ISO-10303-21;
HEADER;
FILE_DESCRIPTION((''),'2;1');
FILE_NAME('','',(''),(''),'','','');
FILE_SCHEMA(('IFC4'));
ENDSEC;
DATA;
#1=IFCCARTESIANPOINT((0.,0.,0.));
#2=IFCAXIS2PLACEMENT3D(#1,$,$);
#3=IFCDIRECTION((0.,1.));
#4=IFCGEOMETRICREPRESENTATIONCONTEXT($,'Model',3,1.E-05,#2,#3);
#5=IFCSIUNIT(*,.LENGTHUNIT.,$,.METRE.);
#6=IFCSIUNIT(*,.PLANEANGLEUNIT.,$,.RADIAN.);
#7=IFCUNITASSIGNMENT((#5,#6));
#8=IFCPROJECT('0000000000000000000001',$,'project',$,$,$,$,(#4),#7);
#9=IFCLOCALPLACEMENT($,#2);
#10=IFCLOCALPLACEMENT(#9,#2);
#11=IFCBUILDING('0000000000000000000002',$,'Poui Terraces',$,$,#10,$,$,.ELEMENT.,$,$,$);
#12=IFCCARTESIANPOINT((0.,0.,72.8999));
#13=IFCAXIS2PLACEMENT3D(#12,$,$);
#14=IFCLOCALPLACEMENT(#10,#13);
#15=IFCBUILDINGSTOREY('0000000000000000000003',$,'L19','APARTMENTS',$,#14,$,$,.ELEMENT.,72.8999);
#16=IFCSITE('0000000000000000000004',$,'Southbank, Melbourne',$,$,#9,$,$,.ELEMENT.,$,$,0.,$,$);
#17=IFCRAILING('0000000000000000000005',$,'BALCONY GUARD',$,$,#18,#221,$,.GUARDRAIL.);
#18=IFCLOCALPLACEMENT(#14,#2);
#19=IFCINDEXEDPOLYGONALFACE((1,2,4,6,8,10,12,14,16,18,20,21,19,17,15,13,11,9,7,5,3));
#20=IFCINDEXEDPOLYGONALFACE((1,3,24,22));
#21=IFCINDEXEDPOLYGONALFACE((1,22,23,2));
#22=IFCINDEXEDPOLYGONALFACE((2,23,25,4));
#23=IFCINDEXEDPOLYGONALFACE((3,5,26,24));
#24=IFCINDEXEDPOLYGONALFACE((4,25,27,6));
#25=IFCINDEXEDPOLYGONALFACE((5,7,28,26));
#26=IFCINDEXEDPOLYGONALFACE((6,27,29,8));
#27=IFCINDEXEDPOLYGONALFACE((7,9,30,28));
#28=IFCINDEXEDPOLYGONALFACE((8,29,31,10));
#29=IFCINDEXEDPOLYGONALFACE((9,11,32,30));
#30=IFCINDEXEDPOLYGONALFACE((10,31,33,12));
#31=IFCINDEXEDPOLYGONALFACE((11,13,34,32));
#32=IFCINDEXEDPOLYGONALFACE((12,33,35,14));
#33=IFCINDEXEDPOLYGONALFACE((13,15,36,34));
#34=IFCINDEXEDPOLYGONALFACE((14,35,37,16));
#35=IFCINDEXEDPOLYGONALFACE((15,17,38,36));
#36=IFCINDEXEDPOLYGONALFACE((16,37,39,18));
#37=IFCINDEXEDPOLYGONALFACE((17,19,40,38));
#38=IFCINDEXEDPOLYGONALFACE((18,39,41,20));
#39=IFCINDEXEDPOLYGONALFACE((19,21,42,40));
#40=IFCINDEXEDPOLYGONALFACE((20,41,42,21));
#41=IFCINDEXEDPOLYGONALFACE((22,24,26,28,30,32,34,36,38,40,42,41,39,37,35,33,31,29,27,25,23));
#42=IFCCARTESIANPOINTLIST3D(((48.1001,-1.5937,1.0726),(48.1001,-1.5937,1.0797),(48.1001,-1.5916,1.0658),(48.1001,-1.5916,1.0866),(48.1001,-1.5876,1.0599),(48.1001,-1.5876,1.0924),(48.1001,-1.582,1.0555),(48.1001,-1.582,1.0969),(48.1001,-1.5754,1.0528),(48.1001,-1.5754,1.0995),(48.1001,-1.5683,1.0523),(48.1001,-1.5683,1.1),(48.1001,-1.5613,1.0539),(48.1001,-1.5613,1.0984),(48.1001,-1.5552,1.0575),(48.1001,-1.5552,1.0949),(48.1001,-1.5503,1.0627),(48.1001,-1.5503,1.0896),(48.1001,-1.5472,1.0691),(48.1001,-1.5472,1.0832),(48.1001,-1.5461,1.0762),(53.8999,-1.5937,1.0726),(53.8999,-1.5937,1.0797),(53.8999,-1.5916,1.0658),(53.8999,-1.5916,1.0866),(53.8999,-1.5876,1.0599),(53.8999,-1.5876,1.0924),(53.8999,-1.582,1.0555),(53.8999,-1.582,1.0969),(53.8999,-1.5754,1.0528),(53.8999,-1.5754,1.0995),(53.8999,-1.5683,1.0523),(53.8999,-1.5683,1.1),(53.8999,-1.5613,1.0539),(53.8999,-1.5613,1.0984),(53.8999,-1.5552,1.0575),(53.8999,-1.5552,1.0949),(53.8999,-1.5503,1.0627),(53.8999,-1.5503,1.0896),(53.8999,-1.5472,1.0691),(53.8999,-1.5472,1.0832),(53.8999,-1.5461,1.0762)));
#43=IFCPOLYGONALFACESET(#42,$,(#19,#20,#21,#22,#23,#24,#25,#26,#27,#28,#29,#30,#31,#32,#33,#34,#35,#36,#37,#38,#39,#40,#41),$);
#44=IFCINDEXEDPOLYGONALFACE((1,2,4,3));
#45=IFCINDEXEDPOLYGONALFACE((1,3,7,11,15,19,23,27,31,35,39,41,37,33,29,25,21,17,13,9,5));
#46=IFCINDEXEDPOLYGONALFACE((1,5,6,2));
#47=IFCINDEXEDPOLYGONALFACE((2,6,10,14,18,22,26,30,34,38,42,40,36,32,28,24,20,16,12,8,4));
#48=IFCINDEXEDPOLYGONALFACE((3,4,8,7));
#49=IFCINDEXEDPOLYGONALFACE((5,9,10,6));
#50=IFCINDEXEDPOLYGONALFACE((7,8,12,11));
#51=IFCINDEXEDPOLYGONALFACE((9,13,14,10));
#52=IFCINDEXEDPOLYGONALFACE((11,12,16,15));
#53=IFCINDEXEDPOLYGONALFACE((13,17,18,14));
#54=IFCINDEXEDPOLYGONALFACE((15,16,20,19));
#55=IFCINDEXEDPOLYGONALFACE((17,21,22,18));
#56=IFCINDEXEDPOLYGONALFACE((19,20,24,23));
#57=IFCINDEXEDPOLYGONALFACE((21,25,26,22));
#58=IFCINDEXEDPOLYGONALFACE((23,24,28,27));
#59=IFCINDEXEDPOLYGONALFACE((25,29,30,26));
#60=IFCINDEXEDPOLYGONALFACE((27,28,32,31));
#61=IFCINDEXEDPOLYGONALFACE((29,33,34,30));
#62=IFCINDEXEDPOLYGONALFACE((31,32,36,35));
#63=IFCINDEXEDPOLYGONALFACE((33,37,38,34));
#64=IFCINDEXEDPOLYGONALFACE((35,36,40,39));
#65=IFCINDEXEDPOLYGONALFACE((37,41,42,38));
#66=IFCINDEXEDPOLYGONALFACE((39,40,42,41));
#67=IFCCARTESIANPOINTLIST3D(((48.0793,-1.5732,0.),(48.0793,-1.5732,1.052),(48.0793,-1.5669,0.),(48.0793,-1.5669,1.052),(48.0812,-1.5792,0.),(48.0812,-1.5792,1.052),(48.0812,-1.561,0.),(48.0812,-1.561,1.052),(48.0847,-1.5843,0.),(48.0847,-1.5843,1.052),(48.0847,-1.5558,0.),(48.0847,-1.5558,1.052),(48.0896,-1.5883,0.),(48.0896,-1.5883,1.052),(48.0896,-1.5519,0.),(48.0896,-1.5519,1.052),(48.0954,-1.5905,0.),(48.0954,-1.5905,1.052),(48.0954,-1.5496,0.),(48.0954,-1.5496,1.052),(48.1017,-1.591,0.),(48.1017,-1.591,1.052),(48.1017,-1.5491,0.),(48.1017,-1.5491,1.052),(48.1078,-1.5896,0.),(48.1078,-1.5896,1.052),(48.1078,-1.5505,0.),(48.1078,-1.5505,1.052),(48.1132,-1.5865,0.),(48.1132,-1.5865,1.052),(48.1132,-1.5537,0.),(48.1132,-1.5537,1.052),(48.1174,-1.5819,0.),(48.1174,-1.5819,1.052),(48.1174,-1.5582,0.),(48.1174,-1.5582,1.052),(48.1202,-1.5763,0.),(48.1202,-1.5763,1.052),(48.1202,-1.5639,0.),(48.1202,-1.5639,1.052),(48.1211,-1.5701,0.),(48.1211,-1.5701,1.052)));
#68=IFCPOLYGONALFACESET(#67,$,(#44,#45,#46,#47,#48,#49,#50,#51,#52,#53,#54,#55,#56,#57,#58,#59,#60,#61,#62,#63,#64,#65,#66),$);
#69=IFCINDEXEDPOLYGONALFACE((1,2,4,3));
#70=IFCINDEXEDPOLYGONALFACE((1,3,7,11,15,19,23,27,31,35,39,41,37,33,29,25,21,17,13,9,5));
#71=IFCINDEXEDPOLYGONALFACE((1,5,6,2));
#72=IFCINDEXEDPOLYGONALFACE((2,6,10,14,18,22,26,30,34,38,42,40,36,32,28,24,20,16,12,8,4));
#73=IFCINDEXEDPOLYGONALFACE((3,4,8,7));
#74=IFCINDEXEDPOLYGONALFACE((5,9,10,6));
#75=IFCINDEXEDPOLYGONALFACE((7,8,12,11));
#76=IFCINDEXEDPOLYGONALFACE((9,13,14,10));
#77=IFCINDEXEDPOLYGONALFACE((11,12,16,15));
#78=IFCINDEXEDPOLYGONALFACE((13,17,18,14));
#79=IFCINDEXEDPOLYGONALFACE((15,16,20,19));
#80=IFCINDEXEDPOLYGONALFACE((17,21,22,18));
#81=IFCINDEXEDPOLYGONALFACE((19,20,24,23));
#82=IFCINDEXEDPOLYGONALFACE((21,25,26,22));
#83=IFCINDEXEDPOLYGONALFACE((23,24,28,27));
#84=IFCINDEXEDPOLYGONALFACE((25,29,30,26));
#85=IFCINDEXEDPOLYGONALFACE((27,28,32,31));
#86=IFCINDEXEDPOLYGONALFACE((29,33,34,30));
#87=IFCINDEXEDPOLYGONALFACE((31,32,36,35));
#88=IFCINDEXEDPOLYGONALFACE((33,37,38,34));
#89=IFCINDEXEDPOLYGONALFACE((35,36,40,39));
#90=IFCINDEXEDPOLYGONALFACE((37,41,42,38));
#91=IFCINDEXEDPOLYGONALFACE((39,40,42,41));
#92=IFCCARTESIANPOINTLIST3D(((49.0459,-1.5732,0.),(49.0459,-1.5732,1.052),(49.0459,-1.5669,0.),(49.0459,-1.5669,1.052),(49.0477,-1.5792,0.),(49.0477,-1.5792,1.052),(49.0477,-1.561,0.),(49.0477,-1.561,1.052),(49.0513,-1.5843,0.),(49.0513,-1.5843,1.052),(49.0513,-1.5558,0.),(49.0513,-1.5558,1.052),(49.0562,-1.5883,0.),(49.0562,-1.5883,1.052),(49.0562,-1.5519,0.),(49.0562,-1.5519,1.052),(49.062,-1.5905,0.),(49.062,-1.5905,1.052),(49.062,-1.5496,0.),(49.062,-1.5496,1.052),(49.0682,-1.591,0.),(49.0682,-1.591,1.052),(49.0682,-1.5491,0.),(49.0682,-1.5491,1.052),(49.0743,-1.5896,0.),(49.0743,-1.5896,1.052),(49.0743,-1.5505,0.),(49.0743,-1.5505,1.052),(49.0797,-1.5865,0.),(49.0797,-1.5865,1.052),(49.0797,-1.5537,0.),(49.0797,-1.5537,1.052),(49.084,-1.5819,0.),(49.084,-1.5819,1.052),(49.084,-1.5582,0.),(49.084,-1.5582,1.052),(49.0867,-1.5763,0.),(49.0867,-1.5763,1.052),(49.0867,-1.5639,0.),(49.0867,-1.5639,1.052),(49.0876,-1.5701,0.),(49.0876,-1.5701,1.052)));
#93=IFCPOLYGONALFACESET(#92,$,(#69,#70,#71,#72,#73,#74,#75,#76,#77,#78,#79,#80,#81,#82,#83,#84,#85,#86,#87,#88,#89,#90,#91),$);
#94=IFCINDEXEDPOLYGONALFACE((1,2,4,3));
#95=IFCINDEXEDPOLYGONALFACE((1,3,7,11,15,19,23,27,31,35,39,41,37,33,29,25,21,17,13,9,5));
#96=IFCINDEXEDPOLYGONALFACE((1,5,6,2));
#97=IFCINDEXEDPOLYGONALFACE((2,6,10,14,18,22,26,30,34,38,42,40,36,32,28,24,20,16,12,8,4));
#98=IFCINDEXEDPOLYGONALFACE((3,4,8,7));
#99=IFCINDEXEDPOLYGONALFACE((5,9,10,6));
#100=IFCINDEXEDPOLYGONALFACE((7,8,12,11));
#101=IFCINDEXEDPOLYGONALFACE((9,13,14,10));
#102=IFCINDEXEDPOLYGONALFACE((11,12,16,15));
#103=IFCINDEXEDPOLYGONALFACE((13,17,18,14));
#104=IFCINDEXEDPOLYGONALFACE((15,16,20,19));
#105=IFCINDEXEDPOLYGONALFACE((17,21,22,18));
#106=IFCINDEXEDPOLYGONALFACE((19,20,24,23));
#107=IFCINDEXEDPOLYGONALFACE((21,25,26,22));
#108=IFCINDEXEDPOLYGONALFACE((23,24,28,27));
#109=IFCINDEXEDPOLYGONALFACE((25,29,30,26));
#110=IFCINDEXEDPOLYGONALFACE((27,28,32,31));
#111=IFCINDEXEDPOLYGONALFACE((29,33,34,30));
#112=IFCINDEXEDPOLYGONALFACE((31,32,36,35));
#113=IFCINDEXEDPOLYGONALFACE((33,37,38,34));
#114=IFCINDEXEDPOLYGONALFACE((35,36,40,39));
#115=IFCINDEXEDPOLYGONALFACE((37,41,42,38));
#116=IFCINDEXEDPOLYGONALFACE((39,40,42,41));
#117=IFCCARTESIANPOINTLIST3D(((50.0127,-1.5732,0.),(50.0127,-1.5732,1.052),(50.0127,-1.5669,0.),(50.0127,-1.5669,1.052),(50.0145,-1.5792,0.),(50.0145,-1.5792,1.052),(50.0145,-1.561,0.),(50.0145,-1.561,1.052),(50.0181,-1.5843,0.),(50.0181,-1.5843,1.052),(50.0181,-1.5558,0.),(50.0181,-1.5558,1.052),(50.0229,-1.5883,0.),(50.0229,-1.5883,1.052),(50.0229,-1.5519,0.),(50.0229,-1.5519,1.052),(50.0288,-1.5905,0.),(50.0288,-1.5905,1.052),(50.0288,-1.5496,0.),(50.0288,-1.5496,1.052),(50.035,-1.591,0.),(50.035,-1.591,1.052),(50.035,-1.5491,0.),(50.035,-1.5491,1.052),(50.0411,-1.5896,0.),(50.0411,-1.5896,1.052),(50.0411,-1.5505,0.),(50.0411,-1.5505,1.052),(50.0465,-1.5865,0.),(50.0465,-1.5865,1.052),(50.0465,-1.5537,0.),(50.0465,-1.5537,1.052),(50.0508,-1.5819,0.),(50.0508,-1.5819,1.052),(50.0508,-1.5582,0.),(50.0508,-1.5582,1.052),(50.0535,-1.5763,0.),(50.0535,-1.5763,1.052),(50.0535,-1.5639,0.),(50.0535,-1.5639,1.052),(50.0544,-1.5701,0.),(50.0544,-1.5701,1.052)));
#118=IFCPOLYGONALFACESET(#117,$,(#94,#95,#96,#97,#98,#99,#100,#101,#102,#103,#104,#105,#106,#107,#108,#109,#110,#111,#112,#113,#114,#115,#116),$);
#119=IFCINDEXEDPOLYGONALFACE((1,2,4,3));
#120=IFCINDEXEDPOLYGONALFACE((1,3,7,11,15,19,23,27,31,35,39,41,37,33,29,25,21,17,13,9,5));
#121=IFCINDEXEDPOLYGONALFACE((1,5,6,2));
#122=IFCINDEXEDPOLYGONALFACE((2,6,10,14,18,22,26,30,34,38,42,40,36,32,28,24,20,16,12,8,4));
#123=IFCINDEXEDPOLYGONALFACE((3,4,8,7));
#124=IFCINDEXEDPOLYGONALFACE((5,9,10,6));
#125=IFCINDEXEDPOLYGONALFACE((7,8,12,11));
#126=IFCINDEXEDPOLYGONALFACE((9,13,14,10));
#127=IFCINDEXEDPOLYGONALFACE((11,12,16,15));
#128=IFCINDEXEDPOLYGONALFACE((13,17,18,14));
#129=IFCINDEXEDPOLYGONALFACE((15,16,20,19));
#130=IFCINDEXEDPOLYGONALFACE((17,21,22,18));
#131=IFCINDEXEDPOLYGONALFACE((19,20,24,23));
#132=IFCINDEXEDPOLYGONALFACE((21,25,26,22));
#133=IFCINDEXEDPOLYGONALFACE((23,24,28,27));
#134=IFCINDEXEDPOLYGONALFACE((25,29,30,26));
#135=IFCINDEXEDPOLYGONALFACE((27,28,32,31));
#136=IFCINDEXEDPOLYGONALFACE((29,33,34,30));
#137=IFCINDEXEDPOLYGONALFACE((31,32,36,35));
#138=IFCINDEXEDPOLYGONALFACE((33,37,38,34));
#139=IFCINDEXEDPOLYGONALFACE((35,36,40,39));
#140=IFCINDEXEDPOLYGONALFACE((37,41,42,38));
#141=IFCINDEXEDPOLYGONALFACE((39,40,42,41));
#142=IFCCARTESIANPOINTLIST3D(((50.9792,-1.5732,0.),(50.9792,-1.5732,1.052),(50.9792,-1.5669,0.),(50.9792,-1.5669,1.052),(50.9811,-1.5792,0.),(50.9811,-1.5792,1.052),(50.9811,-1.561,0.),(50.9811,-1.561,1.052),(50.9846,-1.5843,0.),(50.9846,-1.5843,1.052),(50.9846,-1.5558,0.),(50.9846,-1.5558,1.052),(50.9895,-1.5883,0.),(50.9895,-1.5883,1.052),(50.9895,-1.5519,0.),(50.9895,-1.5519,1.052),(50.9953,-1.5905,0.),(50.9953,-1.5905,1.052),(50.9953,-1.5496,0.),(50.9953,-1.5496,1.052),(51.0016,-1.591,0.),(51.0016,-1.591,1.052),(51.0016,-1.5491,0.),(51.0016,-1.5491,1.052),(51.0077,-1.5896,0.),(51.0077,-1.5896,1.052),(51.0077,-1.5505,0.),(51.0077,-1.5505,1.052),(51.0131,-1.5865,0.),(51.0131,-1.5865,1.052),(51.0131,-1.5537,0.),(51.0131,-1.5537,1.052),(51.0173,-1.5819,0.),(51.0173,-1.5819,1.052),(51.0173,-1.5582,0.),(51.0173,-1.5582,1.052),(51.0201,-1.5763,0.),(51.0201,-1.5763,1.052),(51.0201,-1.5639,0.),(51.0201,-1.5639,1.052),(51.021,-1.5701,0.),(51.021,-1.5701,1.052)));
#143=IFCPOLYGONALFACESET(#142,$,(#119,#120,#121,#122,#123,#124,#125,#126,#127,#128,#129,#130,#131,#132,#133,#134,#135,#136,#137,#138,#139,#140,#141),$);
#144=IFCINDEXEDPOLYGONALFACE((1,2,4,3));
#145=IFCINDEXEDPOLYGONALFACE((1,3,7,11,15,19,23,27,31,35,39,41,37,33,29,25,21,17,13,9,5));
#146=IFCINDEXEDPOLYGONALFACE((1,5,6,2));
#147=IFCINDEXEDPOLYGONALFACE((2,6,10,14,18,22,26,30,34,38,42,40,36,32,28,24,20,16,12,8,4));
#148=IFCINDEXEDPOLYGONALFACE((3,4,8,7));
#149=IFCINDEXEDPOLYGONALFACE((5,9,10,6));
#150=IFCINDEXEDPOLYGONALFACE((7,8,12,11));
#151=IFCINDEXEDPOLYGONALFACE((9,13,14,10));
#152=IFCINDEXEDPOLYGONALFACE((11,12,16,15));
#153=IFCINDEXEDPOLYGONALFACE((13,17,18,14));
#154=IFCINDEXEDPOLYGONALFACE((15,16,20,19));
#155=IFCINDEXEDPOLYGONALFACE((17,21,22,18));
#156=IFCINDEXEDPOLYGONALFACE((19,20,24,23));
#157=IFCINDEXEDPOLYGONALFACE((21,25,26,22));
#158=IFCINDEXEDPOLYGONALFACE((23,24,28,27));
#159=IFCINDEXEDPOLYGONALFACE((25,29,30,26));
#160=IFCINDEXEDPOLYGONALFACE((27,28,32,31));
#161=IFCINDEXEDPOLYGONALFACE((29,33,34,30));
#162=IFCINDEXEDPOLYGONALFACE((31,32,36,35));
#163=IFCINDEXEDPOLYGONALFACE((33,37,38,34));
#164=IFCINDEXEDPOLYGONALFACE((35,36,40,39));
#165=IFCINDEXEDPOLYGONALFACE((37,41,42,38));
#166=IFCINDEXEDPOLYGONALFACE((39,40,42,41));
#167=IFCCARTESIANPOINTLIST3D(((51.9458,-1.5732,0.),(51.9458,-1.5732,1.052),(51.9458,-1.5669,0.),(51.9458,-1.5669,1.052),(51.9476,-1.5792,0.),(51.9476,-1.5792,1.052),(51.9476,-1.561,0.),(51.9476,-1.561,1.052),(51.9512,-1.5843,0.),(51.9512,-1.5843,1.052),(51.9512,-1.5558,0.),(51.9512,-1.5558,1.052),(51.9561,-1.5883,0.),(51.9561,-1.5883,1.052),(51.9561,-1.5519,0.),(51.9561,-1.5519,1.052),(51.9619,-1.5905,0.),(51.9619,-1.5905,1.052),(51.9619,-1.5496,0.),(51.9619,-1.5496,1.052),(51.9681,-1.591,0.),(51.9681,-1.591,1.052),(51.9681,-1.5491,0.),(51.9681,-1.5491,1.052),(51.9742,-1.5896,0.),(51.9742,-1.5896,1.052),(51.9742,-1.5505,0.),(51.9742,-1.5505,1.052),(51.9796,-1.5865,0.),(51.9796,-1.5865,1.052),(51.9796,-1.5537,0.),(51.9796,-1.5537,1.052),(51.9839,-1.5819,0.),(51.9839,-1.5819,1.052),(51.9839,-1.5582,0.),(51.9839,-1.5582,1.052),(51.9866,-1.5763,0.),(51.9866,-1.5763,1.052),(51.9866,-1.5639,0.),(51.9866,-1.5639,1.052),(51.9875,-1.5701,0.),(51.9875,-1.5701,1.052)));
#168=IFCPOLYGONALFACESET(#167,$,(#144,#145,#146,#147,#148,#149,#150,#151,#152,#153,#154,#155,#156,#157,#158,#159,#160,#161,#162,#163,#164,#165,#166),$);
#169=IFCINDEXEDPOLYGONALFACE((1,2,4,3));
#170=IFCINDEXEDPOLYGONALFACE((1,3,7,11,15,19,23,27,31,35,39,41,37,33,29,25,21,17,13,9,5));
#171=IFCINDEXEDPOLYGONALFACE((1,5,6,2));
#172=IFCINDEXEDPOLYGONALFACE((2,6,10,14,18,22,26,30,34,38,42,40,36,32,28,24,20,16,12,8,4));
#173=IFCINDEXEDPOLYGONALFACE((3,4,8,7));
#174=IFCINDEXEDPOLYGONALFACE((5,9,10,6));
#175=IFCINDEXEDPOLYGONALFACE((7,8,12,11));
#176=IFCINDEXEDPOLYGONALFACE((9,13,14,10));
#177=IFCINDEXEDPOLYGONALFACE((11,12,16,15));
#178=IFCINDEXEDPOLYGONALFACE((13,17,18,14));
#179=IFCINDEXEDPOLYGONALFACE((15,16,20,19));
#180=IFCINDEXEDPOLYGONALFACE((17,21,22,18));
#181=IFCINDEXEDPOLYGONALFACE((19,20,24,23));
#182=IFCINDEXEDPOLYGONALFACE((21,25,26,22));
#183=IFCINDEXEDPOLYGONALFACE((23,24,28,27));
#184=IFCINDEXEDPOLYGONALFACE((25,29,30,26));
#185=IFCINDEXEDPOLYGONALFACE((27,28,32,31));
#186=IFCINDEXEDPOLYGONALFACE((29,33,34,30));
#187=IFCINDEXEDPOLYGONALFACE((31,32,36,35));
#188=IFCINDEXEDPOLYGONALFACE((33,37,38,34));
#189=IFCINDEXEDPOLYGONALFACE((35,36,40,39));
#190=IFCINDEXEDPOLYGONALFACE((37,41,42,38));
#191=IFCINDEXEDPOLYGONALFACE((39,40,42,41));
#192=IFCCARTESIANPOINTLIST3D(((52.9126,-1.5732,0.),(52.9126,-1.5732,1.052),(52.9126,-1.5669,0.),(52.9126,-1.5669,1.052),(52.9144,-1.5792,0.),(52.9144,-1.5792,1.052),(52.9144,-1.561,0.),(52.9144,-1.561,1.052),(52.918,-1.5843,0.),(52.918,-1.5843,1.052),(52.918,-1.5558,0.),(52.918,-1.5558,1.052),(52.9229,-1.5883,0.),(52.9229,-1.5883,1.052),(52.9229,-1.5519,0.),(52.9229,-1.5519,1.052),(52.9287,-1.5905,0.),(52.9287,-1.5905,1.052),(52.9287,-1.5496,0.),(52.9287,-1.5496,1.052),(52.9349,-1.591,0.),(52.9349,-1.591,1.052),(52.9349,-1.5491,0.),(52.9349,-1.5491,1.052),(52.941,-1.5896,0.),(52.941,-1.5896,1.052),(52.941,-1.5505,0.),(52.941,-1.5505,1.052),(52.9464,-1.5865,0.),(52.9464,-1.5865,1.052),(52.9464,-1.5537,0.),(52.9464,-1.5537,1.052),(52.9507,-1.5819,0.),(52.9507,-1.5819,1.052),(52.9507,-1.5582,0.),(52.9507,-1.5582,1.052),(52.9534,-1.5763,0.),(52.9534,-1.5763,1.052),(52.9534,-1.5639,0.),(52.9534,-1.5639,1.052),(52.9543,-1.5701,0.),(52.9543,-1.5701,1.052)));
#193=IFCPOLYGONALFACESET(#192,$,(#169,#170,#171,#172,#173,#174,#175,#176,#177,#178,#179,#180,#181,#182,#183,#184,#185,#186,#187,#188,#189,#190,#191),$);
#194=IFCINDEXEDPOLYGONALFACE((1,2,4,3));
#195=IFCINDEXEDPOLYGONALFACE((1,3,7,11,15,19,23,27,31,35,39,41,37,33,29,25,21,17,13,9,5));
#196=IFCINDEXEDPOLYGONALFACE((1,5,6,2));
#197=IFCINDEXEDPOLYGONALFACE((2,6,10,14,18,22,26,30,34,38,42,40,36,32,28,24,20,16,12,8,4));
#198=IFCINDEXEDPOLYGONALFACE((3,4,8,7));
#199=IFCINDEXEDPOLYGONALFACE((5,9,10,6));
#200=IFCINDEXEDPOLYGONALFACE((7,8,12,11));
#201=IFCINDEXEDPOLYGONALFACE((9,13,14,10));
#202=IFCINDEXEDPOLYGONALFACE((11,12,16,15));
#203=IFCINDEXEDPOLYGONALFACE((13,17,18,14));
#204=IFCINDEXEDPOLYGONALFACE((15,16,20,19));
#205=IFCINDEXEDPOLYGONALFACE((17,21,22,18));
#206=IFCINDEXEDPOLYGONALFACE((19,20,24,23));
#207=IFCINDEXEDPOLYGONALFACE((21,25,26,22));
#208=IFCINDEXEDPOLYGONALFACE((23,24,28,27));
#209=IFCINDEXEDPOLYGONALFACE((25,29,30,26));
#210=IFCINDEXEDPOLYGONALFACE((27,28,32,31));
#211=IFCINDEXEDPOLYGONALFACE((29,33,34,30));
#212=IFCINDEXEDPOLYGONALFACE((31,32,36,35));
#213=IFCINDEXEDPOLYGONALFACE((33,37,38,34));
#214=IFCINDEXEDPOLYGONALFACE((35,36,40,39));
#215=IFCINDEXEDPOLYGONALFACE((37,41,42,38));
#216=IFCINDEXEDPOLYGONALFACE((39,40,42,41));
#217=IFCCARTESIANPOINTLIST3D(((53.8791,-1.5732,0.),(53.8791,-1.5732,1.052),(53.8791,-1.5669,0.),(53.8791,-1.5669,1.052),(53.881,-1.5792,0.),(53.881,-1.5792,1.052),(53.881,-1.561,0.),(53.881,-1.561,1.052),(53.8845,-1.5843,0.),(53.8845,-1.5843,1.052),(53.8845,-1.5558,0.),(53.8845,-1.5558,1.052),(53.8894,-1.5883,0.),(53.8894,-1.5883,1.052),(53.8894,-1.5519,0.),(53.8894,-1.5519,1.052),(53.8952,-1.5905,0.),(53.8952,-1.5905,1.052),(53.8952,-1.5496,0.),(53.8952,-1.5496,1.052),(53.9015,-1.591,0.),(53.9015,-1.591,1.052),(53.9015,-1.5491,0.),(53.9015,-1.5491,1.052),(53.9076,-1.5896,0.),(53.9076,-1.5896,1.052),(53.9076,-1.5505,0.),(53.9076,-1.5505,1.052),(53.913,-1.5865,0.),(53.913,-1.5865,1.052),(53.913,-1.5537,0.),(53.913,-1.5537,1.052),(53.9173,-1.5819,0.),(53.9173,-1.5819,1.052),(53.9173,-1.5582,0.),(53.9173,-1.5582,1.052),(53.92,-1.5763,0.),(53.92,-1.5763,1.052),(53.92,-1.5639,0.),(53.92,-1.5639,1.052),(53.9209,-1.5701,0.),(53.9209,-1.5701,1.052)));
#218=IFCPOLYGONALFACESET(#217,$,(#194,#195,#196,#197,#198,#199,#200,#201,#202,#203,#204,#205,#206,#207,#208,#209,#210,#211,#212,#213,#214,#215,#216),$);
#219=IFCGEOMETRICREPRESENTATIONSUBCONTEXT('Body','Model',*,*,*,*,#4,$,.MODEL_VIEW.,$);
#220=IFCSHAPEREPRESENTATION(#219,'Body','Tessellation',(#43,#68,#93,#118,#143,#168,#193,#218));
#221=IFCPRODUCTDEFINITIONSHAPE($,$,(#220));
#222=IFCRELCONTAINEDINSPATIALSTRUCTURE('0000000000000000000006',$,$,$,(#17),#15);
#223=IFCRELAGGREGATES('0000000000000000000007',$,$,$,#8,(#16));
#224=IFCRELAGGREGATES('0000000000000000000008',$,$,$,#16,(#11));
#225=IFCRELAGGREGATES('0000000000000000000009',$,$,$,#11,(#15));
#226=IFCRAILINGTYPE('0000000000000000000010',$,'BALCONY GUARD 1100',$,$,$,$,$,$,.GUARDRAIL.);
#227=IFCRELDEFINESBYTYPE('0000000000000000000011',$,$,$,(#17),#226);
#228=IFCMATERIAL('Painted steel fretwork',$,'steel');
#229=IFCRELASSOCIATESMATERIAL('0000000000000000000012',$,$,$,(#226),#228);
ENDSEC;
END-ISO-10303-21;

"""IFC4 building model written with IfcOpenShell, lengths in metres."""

from ifc_helpers import new_model, si_unit, direction, frame, origin, origin_2d, place, context, subcontext, project, spatial, circle, extrude, material, type_object, element, save


model = new_model("IFC4")

# Units and contexts
model_context = context("Model", 3, precision=1e-05, world=origin(), true_north=direction((0.0, 1.0)))
body_context = subcontext(model_context, "Body", "Model", "MODEL_VIEW")
ifc_project = project(units=[si_unit("LENGTHUNIT", "METRE"), si_unit("PLANEANGLEUNIT", "RADIAN")], contexts=[model_context])

# Site, building, storey
site_placement = place(None, origin())
site = spatial("IfcSite", under=ifc_project, at=site_placement, Name="Southbank, Melbourne", CompositionType="ELEMENT", RefElevation=0.0)
building_placement = place(site_placement, origin())
building = spatial("IfcBuilding", under=site, at=building_placement, Name="Poui Terraces", CompositionType="ELEMENT")
storey_placement = place(building_placement, frame((0.0, 0.0, 72.8999)))
storey = spatial("IfcBuildingStorey", under=building, at=storey_placement, Name="L19", Description="APARTMENTS", CompositionType="ELEMENT", Elevation=72.8999)

# Railing
ifc_material_1 = material(Name="Painted steel fretwork", Category="steel")
railing_type = type_object("IfcRailingType", Name="BALCONY GUARD 1100", PredefinedType="GUARDRAIL", material=ifc_material_1)
railing_placement = place(storey_placement, frame((48.1001, -1.5701, 0.0)))
element("IfcRailing", 1, at=railing_placement, inside=storey, type_object=railing_type, Name="BALCONY GUARD", PredefinedType="GUARDRAIL", context=body_context, shape_type="SweptSolid", body=[
    extrude(circle(Radius=0.0239, at=origin_2d()), frame((0.0, 0.0, 1.0762), z_axis=(1.0, 0.0, 0.0), x_axis=(0.0, 1.0, 0.0)), (0.0, 0.0, 1.0), 5.7998),
    extrude(circle(Radius=0.021, at=origin_2d()), origin(), (0.0, 0.0, 1.0), 1.052),
    extrude(circle(Radius=0.021, at=origin_2d()), frame((0.9666, 0.0, 0.0)), (0.0, 0.0, 1.0), 1.052),
    extrude(circle(Radius=0.021, at=origin_2d()), frame((1.9333, 0.0, 0.0)), (0.0, 0.0, 1.0), 1.052),
    extrude(circle(Radius=0.021, at=origin_2d()), frame((2.8999, 0.0, 0.0)), (0.0, 0.0, 1.0), 1.052),
    extrude(circle(Radius=0.021, at=origin_2d()), frame((3.8665, 0.0, 0.0)), (0.0, 0.0, 1.0), 1.052),
    extrude(circle(Radius=0.021, at=origin_2d()), frame((4.8333, 0.0, 0.0)), (0.0, 0.0, 1.0), 1.052),
    extrude(circle(Radius=0.021, at=origin_2d()), frame((5.7998, 0.0, 0.0)), (0.0, 0.0, 1.0), 1.052),
])

save(model, "model.ifc")
